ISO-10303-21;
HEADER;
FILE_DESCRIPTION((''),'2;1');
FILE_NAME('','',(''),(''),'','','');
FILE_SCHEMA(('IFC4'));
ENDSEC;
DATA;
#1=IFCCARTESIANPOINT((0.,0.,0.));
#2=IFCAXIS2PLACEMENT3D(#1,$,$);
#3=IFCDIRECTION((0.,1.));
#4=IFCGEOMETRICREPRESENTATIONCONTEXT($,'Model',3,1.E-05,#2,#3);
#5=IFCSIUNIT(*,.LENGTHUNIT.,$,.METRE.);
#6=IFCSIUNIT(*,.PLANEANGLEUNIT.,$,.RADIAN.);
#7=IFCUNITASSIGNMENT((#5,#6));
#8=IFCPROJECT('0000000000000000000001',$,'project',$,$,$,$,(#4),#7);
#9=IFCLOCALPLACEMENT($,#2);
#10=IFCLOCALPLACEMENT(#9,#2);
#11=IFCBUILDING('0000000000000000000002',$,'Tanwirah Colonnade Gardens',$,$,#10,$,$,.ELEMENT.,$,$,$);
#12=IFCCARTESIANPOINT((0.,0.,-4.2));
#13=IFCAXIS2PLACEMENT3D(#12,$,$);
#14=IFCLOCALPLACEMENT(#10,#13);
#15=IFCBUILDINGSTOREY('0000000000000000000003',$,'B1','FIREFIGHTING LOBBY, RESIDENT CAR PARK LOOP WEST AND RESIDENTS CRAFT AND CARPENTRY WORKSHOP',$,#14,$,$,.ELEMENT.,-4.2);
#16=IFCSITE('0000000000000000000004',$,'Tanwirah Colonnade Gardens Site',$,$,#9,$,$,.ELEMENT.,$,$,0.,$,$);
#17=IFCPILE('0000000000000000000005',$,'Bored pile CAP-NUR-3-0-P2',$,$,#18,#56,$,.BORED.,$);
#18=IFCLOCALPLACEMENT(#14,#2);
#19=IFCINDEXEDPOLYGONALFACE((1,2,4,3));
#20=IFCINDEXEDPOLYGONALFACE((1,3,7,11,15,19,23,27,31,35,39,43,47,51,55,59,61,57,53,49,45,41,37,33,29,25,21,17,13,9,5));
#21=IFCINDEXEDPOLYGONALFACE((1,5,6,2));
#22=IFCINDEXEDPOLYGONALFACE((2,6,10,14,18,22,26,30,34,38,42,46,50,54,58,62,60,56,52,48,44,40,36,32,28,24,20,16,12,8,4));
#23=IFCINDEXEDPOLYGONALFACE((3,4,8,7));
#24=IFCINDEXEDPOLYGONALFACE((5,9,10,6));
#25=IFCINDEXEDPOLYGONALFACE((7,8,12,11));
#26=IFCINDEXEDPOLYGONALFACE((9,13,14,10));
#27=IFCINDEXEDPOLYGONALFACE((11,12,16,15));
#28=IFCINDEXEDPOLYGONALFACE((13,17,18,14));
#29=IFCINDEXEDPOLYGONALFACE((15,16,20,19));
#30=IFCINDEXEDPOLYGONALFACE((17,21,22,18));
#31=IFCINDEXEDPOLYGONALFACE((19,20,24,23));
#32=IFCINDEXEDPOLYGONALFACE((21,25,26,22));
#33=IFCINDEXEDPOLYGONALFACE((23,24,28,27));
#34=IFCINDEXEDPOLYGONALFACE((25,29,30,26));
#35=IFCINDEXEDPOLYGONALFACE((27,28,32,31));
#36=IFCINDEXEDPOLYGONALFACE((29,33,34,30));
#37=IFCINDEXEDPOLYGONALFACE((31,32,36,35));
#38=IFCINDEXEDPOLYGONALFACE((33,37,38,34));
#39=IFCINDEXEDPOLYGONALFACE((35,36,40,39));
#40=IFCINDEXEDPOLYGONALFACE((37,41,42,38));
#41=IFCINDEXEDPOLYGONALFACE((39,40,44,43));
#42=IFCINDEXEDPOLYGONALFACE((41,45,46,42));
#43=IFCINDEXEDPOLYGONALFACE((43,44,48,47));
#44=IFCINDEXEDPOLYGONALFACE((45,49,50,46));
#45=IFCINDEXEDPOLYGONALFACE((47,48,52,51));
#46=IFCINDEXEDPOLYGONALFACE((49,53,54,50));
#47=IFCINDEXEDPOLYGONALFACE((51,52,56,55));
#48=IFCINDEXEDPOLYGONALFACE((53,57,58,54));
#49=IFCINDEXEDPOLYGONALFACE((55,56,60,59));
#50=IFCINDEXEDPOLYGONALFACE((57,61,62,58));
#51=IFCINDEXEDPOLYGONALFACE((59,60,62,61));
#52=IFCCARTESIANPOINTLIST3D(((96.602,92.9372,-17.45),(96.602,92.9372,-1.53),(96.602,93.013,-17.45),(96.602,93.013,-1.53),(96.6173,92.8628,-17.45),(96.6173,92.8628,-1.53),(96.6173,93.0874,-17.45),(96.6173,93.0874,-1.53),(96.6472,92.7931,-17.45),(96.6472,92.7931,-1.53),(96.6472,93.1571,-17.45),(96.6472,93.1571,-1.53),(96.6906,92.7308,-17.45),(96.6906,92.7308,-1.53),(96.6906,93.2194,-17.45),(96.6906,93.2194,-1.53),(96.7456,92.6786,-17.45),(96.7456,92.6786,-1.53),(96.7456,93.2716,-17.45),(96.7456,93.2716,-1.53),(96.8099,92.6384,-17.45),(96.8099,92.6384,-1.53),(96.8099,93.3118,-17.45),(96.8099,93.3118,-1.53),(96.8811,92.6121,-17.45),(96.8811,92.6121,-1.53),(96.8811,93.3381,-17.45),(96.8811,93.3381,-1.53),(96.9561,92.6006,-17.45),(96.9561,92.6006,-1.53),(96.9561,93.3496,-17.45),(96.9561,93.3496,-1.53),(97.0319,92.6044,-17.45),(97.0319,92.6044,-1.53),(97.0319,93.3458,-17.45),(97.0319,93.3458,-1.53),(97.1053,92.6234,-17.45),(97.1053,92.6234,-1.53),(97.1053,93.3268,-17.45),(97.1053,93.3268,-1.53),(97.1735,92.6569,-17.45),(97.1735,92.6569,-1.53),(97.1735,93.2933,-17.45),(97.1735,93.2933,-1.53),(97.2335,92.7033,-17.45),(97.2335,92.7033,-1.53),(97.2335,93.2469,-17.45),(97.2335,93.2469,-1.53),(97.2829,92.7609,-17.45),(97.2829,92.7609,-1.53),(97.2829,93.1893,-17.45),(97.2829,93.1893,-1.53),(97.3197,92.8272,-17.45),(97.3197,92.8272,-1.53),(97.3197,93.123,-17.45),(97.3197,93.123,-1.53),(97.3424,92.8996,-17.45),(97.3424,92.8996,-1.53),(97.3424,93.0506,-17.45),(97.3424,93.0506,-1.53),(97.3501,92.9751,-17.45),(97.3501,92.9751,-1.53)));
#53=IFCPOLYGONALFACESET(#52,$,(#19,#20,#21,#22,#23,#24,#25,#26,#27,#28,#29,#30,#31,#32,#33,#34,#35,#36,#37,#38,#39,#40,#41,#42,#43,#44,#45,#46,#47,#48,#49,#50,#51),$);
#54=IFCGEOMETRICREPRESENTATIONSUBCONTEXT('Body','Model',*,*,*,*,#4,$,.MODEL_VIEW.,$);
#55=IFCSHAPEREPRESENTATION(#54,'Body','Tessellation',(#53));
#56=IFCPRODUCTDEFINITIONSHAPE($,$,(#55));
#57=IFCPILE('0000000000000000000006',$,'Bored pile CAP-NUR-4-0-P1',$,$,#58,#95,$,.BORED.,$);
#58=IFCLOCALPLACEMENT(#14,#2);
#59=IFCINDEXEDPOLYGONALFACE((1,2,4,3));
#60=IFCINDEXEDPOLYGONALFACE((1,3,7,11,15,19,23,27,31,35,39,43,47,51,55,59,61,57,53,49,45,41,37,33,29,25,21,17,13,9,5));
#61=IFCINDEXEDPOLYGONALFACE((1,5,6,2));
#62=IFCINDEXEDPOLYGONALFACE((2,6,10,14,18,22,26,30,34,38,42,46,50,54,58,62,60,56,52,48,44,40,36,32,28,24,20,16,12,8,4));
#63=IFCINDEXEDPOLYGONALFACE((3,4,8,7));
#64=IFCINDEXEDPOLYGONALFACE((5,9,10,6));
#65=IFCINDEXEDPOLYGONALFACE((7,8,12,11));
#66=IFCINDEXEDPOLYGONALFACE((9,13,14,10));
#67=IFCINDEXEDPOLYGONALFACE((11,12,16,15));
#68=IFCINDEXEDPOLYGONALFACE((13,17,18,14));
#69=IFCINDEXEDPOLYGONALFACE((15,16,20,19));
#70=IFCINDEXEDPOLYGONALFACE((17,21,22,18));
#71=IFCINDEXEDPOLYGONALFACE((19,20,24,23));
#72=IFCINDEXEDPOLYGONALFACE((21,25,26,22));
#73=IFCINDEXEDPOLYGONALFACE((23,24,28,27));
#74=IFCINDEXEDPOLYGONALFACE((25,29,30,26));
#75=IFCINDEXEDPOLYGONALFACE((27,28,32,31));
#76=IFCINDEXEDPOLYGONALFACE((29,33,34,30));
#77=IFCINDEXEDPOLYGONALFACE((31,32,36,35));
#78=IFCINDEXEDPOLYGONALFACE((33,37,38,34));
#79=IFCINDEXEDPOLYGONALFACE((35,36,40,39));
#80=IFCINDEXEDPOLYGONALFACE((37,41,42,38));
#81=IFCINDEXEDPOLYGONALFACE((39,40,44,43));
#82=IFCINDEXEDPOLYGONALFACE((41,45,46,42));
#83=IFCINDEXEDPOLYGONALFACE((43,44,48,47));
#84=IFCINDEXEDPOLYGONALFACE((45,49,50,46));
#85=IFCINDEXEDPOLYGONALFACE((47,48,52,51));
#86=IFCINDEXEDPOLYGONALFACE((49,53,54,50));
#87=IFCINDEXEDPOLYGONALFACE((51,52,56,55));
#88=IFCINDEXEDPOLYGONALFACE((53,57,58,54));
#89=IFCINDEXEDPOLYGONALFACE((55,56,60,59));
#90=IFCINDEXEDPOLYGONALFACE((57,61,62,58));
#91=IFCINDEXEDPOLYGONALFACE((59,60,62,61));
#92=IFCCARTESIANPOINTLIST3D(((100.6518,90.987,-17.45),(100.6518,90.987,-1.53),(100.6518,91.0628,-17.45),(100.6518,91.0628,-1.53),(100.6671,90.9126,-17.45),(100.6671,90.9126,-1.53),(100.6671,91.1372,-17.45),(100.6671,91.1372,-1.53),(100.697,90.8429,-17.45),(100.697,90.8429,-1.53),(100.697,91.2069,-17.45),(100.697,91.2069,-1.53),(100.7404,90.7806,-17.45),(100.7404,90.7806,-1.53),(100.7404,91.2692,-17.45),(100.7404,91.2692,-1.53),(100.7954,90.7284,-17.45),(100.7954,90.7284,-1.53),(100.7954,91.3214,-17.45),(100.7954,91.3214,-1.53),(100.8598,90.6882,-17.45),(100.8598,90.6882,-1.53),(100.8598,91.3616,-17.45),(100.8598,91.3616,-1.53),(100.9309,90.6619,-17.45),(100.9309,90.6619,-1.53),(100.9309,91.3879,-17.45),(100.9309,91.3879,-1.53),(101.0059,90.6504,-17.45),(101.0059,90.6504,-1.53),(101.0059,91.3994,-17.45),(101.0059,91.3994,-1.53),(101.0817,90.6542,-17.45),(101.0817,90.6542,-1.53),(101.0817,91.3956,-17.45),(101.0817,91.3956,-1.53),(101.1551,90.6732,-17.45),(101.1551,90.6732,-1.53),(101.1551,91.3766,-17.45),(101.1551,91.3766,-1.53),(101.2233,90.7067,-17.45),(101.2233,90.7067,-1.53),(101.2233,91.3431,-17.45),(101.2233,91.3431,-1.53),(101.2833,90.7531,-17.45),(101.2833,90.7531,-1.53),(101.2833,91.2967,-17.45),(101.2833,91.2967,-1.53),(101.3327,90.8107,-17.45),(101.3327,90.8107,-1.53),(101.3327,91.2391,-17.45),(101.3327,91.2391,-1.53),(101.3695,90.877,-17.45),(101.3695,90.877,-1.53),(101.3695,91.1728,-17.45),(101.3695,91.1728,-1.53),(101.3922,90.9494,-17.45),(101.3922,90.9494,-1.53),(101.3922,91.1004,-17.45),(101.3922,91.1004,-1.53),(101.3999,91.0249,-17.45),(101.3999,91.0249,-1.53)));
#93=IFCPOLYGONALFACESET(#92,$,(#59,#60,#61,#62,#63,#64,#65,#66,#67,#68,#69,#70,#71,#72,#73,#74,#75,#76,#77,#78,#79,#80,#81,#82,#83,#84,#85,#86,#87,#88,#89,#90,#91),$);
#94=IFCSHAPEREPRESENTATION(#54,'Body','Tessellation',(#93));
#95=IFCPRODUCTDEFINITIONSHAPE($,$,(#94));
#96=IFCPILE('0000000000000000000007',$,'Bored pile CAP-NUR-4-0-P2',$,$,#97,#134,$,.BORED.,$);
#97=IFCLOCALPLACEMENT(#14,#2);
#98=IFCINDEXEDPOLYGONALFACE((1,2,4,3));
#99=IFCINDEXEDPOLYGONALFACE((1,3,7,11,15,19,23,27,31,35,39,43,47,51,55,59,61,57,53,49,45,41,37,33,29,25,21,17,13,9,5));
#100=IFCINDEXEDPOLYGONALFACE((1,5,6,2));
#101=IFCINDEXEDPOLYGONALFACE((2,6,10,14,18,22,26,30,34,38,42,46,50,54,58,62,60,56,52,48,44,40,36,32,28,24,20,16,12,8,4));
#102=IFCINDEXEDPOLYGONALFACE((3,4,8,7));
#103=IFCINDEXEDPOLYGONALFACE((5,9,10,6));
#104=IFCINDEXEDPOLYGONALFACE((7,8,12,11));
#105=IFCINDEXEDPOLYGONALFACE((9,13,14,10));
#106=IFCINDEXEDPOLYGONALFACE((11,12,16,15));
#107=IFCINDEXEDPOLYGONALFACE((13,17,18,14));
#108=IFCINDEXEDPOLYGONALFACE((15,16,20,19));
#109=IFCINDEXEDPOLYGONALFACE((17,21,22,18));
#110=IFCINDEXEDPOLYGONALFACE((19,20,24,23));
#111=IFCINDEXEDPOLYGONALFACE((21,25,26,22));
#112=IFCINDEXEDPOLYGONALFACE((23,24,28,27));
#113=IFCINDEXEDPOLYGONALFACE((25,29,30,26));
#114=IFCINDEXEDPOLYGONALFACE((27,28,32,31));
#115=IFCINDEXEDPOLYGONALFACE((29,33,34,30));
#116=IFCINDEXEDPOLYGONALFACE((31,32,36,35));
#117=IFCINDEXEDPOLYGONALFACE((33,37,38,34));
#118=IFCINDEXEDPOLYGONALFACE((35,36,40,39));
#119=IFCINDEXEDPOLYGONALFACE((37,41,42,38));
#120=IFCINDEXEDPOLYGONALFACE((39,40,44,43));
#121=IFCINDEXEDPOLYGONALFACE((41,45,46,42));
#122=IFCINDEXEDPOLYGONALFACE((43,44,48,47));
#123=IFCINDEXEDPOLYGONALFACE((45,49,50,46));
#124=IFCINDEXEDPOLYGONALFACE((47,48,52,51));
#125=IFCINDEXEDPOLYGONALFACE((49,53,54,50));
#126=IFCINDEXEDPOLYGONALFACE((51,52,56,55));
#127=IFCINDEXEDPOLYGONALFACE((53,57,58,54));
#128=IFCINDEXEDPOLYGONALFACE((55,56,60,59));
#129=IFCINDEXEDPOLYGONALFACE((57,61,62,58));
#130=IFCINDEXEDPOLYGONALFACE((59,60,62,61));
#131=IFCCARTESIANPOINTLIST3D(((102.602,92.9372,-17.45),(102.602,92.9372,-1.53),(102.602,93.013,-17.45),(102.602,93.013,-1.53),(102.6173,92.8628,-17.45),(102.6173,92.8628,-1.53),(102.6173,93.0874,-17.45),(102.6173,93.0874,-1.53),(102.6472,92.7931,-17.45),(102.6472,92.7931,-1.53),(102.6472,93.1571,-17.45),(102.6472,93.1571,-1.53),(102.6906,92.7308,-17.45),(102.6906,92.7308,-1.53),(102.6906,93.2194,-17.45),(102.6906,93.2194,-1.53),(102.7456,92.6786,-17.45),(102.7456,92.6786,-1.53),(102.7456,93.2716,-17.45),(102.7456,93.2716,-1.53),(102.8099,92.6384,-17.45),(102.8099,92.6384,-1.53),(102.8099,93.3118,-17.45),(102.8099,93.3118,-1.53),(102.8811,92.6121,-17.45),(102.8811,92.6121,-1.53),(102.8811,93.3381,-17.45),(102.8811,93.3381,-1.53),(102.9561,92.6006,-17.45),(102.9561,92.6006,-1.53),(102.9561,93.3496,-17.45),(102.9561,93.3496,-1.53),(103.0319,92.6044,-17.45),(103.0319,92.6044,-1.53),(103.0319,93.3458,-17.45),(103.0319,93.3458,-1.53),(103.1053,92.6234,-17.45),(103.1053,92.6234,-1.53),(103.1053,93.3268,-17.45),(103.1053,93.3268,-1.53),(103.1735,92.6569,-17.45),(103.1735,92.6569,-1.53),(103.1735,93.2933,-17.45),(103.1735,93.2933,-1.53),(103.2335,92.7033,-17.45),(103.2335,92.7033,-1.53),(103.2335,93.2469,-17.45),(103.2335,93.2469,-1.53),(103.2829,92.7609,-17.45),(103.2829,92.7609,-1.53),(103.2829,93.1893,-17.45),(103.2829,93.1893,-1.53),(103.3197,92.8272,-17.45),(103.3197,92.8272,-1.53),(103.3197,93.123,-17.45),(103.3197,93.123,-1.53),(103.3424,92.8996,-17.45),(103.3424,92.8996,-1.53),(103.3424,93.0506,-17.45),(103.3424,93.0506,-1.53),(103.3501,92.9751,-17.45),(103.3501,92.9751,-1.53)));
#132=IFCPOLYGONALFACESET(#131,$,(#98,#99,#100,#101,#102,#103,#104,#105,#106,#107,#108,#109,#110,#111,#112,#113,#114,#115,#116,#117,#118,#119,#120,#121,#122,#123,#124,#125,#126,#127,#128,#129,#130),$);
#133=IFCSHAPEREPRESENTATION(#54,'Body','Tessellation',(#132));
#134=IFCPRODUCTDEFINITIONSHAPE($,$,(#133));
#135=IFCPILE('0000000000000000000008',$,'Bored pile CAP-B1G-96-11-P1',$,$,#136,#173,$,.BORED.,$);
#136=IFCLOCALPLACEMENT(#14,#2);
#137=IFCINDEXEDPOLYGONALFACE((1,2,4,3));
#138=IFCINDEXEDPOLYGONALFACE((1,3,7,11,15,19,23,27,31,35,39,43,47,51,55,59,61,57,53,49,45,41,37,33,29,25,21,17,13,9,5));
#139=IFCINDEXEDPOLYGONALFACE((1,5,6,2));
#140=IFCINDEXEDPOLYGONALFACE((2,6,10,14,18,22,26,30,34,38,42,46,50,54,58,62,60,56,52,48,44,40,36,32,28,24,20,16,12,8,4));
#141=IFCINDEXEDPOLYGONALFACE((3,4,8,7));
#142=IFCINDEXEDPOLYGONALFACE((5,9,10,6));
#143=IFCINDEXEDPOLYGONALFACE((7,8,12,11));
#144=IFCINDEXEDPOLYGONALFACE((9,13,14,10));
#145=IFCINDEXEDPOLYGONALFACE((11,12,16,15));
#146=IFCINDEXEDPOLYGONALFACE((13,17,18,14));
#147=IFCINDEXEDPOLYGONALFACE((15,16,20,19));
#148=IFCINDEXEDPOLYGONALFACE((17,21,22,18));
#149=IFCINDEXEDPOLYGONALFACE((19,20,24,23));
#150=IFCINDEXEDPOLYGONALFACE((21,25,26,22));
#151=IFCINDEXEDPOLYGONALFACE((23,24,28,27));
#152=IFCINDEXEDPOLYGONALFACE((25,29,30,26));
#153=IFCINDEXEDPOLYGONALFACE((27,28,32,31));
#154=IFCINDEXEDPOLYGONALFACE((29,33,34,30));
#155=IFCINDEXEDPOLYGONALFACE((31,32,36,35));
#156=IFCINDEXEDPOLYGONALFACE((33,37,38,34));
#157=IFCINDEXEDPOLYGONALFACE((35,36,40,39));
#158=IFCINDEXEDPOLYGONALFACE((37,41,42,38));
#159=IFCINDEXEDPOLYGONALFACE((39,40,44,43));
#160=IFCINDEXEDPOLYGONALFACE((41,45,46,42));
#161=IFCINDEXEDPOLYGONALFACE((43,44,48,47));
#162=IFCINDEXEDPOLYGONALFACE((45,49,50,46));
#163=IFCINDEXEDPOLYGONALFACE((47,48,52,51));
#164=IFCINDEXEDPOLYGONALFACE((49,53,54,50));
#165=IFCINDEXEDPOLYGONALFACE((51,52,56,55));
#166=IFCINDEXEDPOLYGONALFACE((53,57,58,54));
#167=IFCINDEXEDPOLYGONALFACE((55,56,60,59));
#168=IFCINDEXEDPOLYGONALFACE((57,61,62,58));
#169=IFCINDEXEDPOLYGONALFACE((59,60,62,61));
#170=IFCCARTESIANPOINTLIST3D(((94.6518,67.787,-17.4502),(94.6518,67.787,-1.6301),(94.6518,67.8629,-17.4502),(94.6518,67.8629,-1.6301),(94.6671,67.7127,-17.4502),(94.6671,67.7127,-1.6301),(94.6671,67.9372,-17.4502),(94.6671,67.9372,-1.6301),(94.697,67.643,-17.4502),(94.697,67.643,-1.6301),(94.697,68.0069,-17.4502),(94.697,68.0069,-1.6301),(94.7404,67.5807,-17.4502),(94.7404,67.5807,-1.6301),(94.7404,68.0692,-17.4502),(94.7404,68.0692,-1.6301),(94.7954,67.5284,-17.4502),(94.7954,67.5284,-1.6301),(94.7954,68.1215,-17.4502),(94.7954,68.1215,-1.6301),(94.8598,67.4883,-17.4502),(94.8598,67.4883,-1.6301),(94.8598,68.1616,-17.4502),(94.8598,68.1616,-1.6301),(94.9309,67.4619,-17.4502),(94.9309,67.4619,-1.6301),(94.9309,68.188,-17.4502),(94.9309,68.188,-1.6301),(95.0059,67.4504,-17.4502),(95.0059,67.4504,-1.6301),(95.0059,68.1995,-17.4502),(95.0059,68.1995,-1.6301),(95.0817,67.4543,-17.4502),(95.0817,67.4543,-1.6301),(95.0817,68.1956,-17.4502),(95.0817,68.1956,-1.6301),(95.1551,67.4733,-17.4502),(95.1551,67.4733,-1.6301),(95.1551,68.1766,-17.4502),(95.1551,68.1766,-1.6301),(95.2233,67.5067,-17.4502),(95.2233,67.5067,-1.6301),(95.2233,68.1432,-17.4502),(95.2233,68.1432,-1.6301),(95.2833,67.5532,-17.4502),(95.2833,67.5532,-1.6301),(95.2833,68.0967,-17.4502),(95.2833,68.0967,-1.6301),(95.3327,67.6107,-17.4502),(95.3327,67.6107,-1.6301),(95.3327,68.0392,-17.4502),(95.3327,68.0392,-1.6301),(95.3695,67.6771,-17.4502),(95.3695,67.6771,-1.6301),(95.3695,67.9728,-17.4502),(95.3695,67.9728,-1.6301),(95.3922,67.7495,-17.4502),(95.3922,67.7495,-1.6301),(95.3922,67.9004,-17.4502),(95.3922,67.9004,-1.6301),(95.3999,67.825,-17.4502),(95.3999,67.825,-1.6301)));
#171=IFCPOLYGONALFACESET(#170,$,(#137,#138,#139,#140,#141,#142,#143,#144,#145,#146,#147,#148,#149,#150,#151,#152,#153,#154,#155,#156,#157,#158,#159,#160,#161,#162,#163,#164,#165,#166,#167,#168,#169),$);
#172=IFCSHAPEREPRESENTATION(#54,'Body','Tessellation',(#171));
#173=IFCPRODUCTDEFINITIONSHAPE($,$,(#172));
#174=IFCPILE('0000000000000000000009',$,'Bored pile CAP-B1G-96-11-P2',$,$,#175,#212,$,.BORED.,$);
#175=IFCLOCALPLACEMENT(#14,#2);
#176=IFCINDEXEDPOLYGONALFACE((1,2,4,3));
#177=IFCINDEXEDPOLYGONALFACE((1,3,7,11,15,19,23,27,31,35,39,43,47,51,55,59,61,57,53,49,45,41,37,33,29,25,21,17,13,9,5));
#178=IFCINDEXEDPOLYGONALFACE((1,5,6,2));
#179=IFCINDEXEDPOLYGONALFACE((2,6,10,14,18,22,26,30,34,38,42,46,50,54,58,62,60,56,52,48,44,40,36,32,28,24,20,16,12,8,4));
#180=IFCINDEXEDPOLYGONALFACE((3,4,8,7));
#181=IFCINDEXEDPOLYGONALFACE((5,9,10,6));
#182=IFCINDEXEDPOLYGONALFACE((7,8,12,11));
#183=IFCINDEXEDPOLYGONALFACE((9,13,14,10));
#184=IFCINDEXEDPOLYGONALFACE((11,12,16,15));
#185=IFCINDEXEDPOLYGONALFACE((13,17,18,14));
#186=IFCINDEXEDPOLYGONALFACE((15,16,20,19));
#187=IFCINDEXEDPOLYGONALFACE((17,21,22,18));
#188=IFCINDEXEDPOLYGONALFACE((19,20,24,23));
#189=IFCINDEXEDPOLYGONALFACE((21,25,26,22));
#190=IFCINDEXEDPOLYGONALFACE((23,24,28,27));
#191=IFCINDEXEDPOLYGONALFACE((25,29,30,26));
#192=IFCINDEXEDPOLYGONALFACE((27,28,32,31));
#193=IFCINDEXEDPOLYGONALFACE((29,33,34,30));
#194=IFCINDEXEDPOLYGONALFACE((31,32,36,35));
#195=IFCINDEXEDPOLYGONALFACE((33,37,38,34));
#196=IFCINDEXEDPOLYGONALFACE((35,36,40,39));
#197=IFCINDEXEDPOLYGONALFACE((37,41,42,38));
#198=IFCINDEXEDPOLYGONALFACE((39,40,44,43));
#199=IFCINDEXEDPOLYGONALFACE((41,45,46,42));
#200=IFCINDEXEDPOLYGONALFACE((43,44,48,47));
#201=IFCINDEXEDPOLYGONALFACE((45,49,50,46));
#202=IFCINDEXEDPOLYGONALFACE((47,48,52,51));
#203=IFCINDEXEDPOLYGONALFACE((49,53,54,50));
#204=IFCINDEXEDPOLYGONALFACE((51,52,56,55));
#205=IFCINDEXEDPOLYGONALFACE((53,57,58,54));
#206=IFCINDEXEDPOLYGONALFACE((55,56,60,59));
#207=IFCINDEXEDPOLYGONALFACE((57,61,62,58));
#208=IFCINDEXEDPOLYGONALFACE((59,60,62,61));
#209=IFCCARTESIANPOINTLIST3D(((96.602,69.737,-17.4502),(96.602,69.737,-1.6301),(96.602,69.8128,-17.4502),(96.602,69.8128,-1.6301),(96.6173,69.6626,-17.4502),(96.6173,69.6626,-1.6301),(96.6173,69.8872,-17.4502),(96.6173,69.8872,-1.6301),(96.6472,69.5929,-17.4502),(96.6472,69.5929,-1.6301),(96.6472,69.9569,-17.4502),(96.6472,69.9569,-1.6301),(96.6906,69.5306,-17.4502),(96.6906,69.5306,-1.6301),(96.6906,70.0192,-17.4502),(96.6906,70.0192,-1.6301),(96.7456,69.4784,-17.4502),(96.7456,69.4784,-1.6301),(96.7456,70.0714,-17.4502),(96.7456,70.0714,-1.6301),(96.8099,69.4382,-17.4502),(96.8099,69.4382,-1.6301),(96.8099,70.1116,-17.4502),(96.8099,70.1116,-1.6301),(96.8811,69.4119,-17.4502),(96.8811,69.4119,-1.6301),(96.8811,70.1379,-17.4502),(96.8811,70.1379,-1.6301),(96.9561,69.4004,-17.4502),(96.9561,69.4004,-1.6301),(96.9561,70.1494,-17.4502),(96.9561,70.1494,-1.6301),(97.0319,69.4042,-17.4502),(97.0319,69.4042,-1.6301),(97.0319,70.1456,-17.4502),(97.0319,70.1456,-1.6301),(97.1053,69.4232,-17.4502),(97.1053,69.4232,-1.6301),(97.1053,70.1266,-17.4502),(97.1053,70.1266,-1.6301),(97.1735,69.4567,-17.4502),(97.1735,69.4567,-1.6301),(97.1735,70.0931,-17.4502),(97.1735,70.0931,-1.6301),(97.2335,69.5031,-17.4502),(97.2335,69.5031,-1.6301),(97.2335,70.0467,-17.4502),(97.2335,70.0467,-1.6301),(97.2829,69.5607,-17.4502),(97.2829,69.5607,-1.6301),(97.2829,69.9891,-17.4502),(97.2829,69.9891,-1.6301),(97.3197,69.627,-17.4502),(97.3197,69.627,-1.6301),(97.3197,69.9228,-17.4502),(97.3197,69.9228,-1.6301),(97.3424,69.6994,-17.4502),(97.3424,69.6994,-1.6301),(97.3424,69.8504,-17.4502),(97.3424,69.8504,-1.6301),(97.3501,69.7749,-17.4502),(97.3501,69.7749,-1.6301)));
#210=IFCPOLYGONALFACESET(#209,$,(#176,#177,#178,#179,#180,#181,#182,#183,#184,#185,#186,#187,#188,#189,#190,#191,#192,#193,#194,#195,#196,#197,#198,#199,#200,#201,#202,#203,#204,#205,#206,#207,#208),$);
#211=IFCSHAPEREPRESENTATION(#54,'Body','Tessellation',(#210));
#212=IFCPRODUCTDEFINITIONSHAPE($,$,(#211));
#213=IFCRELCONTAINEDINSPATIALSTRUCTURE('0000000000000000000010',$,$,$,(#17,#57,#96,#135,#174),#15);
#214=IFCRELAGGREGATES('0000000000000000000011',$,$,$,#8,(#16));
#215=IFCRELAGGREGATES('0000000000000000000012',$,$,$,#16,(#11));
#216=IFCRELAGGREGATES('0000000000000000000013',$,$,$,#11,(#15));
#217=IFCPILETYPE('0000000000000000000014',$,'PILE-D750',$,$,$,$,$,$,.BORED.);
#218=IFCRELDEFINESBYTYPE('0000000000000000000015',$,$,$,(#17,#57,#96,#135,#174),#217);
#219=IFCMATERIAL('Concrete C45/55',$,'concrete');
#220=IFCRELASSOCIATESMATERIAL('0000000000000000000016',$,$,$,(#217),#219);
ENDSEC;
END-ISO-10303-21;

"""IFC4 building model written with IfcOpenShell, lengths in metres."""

from ifc_helpers import new_model, si_unit, direction, frame, origin, origin_2d, place, context, subcontext, project, spatial, circle, extrude, material, material_profile, profile_set, type_object, element, save


model = new_model("IFC4")

# Units and contexts
model_context = context("Model", 3, precision=1e-05, world=origin(), true_north=direction((0.0, 1.0)))
body_context = subcontext(model_context, "Body", "Model", "MODEL_VIEW")
ifc_project = project(units=[si_unit("LENGTHUNIT", "METRE"), si_unit("PLANEANGLEUNIT", "RADIAN")], contexts=[model_context])

# Site, building, storey
site_placement = place(None, origin())
site = spatial("IfcSite", under=ifc_project, at=site_placement, Name="Tanwirah Colonnade Gardens Site", CompositionType="ELEMENT", RefElevation=0.0)
building_placement = place(site_placement, origin())
building = spatial("IfcBuilding", under=site, at=building_placement, Name="Tanwirah Colonnade Gardens", CompositionType="ELEMENT")
storey_placement = place(building_placement, frame((0.0, 0.0, -4.2)))
storey = spatial("IfcBuildingStorey", under=building, at=storey_placement, Name="B1", Description="FIREFIGHTING LOBBY, RESIDENT CAR PARK LOOP WEST AND RESIDENTS CRAFT AND CARPENTRY WORKSHOP", CompositionType="ELEMENT", Elevation=-4.2)

# Shared definitions
ifc_material_1 = material(Name="Concrete C45/55", Category="concrete")

# Piles
ifc_material_profile_1 = material_profile(ifc_material_1, circle(Radius=0.375, at=origin_2d()), Name="PILE D750")
ifc_profile_set_1 = profile_set([ifc_material_profile_1], Name="Concrete C45/55")
pile_type_1 = type_object("IfcPileType", Name="PILE-D750", PredefinedType="BORED", material=ifc_profile_set_1)
for number, where, z_axis, x_axis, name in (
    (1, (96.9751, 92.9751, -1.53), (0.0, 0.0, -1.0), (1.0, 0.0, 0.0), "Bored pile CAP-NUR-3-0-P2"),
    (2, (101.0249, 91.0249, -1.53), (0.0, 0.0, -1.0), (1.0, 0.0, 0.0), "Bored pile CAP-NUR-4-0-P1"),
    (3, (102.9751, 92.9751, -1.53), (0.0, 0.0, -1.0), (1.0, 0.0, 0.0), "Bored pile CAP-NUR-4-0-P2"),
):
    element("IfcPile", number, at=place(storey_placement, frame(where, z_axis=z_axis, x_axis=x_axis)), inside=storey, type_object=pile_type_1, Name=name, PredefinedType="BORED", context=body_context, shape_type="SweptSolid", body=[
        extrude(circle(Radius=0.375, at=origin_2d()), origin(), (0.0, 0.0, 1.0), 15.9199),
    ])
for number, where, z_axis, x_axis, name in (
    (4, (95.0249, 67.825, -1.6301), (0.0, 0.0, -1.0), (1.0, 0.0, 0.0), "Bored pile CAP-B1G-96-11-P1"),
    (5, (96.9751, 69.7749, -1.6301), (0.0, 0.0, -1.0), (1.0, 0.0, 0.0), "Bored pile CAP-B1G-96-11-P2"),
):
    element("IfcPile", number, at=place(storey_placement, frame(where, z_axis=z_axis, x_axis=x_axis)), inside=storey, type_object=pile_type_1, Name=name, PredefinedType="BORED", context=body_context, shape_type="SweptSolid", body=[
        extrude(circle(Radius=0.375, at=origin_2d()), origin(), (0.0, 0.0, 1.0), 15.8201),
    ])

save(model, "model.ifc")
